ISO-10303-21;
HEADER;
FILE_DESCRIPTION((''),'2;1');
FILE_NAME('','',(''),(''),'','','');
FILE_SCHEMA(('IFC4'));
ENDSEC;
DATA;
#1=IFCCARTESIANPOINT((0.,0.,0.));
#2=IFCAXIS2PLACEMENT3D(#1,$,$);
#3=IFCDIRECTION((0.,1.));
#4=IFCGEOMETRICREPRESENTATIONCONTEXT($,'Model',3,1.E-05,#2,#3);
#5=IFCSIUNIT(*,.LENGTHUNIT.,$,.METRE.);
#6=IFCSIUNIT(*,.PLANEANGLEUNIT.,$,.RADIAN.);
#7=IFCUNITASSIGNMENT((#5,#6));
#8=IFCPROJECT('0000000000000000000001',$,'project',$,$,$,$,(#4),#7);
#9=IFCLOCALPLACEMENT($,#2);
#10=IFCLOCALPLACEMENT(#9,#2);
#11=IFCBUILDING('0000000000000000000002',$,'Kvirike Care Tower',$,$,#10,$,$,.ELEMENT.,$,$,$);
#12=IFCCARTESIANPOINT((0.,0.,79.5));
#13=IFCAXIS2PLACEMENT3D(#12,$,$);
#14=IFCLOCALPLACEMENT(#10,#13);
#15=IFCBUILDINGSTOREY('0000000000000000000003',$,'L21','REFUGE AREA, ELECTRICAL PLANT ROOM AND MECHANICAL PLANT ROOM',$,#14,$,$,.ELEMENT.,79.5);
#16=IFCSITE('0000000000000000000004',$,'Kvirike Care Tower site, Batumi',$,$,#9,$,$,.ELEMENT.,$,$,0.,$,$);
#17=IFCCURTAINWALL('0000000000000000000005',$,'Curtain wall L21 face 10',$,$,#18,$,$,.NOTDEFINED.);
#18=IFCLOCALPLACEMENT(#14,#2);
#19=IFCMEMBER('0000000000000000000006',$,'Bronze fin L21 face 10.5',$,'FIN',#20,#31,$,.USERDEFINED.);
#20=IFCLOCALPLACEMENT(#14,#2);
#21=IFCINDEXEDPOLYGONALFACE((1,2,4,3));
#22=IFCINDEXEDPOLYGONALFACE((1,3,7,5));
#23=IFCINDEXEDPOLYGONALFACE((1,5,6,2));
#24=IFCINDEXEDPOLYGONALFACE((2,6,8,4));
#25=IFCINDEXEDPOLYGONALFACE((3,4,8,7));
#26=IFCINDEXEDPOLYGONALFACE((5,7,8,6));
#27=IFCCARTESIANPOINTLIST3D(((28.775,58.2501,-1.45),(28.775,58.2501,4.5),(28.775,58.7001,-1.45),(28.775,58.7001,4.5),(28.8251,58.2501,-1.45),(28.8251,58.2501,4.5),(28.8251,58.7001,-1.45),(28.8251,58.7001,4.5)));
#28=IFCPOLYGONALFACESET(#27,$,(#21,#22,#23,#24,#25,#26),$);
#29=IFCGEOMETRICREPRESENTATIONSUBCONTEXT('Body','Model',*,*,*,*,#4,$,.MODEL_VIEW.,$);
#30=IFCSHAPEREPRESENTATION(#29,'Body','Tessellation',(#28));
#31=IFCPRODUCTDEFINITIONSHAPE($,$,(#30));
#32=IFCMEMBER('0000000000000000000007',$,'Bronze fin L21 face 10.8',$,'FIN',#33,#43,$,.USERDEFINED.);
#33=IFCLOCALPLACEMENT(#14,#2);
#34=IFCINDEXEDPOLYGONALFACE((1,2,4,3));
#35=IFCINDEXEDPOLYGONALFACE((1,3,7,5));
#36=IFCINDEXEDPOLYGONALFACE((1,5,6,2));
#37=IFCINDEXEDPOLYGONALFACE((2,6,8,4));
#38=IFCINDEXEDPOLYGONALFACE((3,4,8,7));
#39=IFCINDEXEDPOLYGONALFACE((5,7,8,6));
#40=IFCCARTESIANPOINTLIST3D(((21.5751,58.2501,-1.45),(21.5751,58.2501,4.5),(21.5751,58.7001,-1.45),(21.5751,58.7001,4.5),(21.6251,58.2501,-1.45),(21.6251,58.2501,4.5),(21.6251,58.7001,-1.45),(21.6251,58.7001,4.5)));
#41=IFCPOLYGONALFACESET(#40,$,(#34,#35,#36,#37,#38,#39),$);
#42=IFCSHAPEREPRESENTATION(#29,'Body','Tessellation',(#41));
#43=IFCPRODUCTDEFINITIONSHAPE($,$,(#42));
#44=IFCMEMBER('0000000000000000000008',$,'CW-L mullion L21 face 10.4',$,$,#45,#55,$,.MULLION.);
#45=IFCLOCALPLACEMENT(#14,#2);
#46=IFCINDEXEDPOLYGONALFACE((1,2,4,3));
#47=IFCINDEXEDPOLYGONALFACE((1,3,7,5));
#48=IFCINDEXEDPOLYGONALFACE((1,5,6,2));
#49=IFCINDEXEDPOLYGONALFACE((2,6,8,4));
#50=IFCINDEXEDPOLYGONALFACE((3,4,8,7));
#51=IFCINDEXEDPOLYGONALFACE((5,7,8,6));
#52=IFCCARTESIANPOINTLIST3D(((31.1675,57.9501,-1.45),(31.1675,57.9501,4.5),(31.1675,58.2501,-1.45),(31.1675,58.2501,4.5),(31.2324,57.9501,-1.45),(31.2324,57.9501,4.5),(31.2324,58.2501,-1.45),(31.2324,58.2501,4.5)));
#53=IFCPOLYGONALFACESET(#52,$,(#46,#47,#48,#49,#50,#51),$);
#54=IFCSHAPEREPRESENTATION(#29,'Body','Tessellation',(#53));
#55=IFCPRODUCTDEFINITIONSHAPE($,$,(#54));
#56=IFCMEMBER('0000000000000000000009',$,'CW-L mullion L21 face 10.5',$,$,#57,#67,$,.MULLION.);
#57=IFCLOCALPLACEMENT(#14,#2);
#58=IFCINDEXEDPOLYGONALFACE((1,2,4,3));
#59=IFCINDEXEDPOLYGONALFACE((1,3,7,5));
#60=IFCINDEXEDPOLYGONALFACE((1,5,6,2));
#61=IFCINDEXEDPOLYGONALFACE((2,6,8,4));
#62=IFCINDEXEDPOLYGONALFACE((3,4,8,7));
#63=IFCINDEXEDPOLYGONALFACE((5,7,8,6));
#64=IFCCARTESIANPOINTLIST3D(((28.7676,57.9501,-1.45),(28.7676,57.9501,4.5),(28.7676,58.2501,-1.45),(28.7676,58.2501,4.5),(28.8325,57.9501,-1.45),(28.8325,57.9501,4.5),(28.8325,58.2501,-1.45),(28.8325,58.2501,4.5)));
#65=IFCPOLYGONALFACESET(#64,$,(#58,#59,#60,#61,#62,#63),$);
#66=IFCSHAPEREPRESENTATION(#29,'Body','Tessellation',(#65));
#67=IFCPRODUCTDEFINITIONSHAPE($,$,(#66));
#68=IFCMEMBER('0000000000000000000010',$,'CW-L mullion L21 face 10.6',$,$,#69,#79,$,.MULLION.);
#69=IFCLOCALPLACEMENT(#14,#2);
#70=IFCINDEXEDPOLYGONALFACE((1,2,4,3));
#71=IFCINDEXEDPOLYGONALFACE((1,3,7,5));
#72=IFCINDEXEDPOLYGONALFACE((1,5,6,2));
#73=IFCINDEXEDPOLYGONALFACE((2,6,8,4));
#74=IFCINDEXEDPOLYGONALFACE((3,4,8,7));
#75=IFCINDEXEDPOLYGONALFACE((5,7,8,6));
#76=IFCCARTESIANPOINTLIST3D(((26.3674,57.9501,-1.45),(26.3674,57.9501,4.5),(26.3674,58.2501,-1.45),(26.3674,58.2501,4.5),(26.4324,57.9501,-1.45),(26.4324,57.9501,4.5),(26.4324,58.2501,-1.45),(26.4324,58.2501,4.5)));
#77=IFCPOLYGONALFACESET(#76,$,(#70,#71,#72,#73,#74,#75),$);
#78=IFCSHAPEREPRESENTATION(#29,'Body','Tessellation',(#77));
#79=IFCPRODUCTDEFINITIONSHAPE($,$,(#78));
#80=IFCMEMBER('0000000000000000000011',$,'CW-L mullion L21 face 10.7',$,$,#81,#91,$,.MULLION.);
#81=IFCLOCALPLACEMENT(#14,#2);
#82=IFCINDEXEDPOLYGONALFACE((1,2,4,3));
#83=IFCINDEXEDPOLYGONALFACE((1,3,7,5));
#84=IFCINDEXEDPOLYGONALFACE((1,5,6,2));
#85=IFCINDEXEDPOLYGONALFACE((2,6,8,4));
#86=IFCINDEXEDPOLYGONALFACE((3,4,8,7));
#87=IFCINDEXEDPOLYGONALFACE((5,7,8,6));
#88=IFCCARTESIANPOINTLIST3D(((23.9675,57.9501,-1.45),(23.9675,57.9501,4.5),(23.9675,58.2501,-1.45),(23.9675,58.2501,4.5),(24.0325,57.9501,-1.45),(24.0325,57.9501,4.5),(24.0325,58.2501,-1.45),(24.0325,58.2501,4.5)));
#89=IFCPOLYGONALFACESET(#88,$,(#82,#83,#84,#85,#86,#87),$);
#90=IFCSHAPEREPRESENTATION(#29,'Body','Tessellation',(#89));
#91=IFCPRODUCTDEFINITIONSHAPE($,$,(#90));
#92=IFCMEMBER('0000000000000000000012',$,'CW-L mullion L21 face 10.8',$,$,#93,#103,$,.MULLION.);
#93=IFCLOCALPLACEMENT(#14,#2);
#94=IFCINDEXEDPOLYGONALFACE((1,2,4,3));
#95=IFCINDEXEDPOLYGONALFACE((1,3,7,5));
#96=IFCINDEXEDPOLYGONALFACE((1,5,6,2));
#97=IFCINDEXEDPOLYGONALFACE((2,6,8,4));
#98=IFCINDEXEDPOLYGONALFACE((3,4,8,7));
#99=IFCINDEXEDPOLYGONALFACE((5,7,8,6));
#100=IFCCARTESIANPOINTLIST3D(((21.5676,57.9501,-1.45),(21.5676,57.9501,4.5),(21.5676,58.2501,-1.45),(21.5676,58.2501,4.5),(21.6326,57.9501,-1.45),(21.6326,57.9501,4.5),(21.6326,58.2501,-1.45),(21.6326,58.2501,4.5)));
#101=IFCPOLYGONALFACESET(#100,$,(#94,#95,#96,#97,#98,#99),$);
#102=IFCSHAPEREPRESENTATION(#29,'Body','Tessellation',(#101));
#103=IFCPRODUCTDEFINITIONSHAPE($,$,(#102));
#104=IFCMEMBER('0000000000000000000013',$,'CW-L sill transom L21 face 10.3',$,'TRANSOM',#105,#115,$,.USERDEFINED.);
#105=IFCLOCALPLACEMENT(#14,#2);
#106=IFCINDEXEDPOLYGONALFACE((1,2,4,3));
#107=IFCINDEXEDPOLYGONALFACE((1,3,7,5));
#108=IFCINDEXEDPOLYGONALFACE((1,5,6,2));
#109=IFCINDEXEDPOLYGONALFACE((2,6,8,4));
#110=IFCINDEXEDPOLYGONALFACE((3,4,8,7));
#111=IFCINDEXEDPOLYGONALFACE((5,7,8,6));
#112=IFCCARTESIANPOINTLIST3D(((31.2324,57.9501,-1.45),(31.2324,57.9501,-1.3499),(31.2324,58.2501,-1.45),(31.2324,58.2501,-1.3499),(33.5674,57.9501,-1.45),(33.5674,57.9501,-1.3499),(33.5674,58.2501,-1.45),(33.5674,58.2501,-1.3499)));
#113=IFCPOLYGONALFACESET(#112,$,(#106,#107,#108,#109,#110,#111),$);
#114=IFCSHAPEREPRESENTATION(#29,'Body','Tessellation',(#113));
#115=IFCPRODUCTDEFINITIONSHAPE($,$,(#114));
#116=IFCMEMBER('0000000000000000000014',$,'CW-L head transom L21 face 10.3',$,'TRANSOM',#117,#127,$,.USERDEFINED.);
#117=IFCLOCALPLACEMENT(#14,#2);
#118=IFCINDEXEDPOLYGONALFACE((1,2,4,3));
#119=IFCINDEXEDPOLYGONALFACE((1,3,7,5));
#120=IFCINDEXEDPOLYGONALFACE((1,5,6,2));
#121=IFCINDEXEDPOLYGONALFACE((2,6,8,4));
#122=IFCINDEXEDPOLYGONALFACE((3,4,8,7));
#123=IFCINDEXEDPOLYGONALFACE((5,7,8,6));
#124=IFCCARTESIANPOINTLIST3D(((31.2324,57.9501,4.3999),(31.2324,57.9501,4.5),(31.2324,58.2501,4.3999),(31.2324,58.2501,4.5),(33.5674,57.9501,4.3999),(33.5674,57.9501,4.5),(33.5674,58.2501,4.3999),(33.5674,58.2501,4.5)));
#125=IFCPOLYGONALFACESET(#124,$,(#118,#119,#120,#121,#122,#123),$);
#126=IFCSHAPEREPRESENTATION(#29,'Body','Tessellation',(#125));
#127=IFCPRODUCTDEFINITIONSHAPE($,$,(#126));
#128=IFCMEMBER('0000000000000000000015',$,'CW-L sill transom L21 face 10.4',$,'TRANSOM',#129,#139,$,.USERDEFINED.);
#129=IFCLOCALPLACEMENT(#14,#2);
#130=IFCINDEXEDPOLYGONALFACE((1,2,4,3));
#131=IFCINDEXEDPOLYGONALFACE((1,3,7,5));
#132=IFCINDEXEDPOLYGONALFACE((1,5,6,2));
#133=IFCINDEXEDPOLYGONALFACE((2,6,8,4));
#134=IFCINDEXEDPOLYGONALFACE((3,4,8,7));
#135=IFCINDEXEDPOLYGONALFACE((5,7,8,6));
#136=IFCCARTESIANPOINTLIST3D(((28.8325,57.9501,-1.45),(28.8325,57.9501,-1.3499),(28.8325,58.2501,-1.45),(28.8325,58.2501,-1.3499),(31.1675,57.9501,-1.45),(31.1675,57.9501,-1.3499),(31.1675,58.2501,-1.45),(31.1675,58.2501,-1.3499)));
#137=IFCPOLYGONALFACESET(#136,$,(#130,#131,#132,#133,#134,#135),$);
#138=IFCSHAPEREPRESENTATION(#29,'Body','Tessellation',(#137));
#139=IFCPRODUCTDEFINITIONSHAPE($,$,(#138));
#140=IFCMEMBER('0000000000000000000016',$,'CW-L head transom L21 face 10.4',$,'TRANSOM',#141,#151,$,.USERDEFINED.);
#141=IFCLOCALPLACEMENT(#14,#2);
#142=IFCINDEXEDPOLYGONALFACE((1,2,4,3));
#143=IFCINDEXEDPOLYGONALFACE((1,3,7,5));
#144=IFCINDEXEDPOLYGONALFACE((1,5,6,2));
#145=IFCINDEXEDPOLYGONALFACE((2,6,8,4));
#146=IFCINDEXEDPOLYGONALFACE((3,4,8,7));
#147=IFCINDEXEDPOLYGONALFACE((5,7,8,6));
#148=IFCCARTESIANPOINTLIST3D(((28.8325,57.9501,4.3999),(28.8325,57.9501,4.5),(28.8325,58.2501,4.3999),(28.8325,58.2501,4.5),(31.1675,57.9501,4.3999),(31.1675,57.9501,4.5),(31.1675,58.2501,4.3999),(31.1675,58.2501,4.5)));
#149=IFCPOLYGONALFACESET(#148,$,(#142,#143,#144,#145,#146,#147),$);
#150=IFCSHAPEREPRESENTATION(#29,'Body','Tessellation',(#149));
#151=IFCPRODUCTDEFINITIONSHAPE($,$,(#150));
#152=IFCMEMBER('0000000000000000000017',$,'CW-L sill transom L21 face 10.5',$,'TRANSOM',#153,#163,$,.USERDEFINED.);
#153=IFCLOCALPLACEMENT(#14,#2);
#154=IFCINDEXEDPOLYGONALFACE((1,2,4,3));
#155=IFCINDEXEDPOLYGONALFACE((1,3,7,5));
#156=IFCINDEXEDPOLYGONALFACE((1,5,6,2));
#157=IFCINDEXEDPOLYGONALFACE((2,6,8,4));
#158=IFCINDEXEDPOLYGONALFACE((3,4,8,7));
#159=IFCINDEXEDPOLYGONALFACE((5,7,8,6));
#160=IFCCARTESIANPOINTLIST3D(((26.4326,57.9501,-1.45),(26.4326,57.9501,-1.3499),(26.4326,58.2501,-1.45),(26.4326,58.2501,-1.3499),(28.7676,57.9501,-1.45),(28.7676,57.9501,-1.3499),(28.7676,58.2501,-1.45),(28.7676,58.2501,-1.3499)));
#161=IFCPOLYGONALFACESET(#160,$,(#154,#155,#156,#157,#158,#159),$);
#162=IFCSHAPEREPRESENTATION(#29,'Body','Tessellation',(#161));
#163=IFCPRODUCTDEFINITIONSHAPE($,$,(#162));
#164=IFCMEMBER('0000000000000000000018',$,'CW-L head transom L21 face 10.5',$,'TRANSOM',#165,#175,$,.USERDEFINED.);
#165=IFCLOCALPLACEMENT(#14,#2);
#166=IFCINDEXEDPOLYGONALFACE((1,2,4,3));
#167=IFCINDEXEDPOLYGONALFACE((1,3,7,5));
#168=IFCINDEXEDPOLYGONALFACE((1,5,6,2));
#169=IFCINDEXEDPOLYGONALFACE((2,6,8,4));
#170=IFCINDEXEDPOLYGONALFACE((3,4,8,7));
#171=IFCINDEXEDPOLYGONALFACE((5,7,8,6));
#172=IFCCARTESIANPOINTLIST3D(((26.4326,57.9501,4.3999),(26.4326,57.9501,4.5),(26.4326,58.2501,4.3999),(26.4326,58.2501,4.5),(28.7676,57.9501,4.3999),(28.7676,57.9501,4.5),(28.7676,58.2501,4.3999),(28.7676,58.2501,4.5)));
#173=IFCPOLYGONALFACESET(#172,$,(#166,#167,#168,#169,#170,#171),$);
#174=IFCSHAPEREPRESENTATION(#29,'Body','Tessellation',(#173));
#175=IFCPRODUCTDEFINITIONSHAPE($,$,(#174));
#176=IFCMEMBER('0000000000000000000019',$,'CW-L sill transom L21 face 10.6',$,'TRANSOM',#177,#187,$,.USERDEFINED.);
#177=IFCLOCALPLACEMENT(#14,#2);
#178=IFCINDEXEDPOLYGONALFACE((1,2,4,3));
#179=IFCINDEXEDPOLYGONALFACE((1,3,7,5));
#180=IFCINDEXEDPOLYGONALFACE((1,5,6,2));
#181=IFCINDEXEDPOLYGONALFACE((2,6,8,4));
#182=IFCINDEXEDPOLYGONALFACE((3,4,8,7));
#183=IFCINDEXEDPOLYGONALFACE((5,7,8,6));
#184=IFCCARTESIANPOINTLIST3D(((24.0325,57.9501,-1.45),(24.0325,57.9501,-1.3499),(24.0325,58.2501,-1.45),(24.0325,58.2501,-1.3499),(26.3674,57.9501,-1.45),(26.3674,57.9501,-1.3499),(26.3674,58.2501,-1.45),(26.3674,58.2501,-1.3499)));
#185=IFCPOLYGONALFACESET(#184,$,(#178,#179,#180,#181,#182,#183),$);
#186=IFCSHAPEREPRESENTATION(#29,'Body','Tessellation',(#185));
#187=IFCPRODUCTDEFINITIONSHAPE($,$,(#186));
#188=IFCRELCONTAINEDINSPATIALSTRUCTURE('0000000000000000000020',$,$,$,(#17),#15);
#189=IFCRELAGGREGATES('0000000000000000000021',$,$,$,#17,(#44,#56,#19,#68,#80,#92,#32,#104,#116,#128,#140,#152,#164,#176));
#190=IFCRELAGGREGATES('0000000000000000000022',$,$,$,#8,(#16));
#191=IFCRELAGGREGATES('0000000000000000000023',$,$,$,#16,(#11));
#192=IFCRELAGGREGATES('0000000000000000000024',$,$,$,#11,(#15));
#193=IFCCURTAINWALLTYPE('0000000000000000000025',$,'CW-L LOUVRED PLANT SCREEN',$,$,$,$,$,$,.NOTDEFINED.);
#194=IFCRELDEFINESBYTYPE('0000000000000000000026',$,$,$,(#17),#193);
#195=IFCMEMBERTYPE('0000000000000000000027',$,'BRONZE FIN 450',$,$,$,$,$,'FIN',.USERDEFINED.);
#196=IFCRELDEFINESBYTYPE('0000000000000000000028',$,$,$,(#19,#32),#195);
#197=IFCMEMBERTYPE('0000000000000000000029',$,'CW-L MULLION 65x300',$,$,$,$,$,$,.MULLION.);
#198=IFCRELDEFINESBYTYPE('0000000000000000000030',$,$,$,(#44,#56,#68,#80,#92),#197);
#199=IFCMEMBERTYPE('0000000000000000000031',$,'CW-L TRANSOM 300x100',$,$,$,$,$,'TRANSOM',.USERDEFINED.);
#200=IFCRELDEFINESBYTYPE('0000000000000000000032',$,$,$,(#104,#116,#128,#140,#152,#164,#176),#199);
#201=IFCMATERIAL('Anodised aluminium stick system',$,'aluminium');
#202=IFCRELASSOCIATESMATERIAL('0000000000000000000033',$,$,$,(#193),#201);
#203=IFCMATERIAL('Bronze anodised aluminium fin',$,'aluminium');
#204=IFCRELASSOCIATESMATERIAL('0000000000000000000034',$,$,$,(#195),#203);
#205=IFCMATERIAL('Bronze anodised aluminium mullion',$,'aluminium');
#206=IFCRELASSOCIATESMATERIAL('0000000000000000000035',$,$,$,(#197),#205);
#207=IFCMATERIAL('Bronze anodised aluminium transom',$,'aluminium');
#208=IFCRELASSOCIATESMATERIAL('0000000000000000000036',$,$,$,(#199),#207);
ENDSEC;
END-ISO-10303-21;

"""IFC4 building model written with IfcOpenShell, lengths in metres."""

from ifc_helpers import new_model, si_unit, direction, frame, origin, origin_2d, place, context, subcontext, project, spatial, rectangle, extrude, material, material_profile, profile_set, type_object, element, aggregate, save


model = new_model("IFC4")

# Units and contexts
model_context = context("Model", 3, precision=1e-05, world=origin(), true_north=direction((0.0, 1.0)))
body_context = subcontext(model_context, "Body", "Model", "MODEL_VIEW")
ifc_project = project(units=[si_unit("LENGTHUNIT", "METRE"), si_unit("PLANEANGLEUNIT", "RADIAN")], contexts=[model_context])

# Site, building, storey
site_placement = place(None, origin())
site = spatial("IfcSite", under=ifc_project, at=site_placement, Name="Kvirike Care Tower site, Batumi", CompositionType="ELEMENT", RefElevation=0.0)
building_placement = place(site_placement, origin())
building = spatial("IfcBuilding", under=site, at=building_placement, Name="Kvirike Care Tower", CompositionType="ELEMENT")
storey_placement = place(building_placement, frame((0.0, 0.0, 79.5)))
storey = spatial("IfcBuildingStorey", under=building, at=storey_placement, Name="L21", Description="REFUGE AREA, ELECTRICAL PLANT ROOM AND MECHANICAL PLANT ROOM", CompositionType="ELEMENT", Elevation=79.5)

# Curtain wall, members
ifc_material_1 = material(Name="Anodised aluminium stick system", Category="aluminium")
curtain_wall_type = type_object("IfcCurtainWallType", Name="CW-L LOUVRED PLANT SCREEN", PredefinedType="NOTDEFINED", material=ifc_material_1)
curtain_wall_placement = place(storey_placement, origin())
curtain_wall = element("IfcCurtainWall", 1, at=curtain_wall_placement, inside=storey, type_object=curtain_wall_type, Name="Curtain wall L21 face 10", PredefinedType="NOTDEFINED")
ifc_material_2 = material(Name="Bronze anodised aluminium fin", Category="aluminium")
ifc_material_profile_1 = material_profile(ifc_material_2, rectangle(XDim=0.05, YDim=0.45, at=origin_2d()), Name="BRONZE FIN 450")
ifc_profile_set_1 = profile_set([ifc_material_profile_1], Name="Bronze anodised aluminium fin")
member_type_1 = type_object("IfcMemberType", Name="BRONZE FIN 450", ElementType="FIN", PredefinedType="USERDEFINED", material=ifc_profile_set_1)
member_1_placement = place(storey_placement, frame((28.8, 58.4751, -1.45), z_axis=(0.0, 0.0, 1.0), x_axis=(-1.0, 0.0, 0.0)))
member_1 = element("IfcMember", 2, at=member_1_placement, type_object=member_type_1, Name="Bronze fin L21 face 10.5", ObjectType="FIN", PredefinedType="USERDEFINED", context=body_context, shape_type="SweptSolid", body=[
    extrude(rectangle(XDim=0.05, YDim=0.45, at=origin_2d()), origin(), (0.0, 0.0, 1.0), 5.95),
])
member_2_placement = place(storey_placement, frame((21.6001, 58.4751, -1.45), z_axis=(0.0, 0.0, 1.0), x_axis=(-1.0, 0.0, 0.0)))
member_2 = element("IfcMember", 3, at=member_2_placement, type_object=member_type_1, Name="Bronze fin L21 face 10.8", ObjectType="FIN", PredefinedType="USERDEFINED", context=body_context, shape_type="SweptSolid", body=[
    extrude(rectangle(XDim=0.05, YDim=0.45, at=origin_2d()), origin(), (0.0, 0.0, 1.0), 5.95),
])
ifc_material_3 = material(Name="Bronze anodised aluminium mullion", Category="aluminium")
ifc_material_profile_2 = material_profile(ifc_material_3, rectangle(XDim=0.0649, YDim=0.3, at=origin_2d()), Name="CW-L MULLION 65x300")
ifc_profile_set_2 = profile_set([ifc_material_profile_2], Name="Bronze anodised aluminium mullion")
member_type_2 = type_object("IfcMemberType", Name="CW-L MULLION 65x300", PredefinedType="MULLION", material=ifc_profile_set_2)
member_3_placement = place(storey_placement, frame((31.2, 58.1001, -1.45), z_axis=(0.0, 0.0, 1.0), x_axis=(-1.0, 0.0, 0.0)))
member_3 = element("IfcMember", 4, at=member_3_placement, type_object=member_type_2, Name="CW-L mullion L21 face 10.4", PredefinedType="MULLION", context=body_context, shape_type="SweptSolid", body=[
    extrude(rectangle(XDim=0.0649, YDim=0.3, at=origin_2d()), origin(), (0.0, 0.0, 1.0), 5.95),
])
member_4_placement = place(storey_placement, frame((28.8, 58.1001, -1.45), z_axis=(0.0, 0.0, 1.0), x_axis=(-1.0, 0.0, 0.0)))
member_4 = element("IfcMember", 5, at=member_4_placement, type_object=member_type_2, Name="CW-L mullion L21 face 10.5", PredefinedType="MULLION", context=body_context, shape_type="SweptSolid", body=[
    extrude(rectangle(XDim=0.0649, YDim=0.3, at=origin_2d()), origin(), (0.0, 0.0, 1.0), 5.95),
])
member_5_placement = place(storey_placement, frame((26.3999, 58.1001, -1.45), z_axis=(0.0, 0.0, 1.0), x_axis=(-1.0, 0.0, 0.0)))
member_5 = element("IfcMember", 6, at=member_5_placement, type_object=member_type_2, Name="CW-L mullion L21 face 10.6", PredefinedType="MULLION", context=body_context, shape_type="SweptSolid", body=[
    extrude(rectangle(XDim=0.0649, YDim=0.3, at=origin_2d()), origin(), (0.0, 0.0, 1.0), 5.95),
])
member_6_placement = place(storey_placement, frame((24.0, 58.1001, -1.45), z_axis=(0.0, 0.0, 1.0), x_axis=(-1.0, 0.0, 0.0)))
member_6 = element("IfcMember", 7, at=member_6_placement, type_object=member_type_2, Name="CW-L mullion L21 face 10.7", PredefinedType="MULLION", context=body_context, shape_type="SweptSolid", body=[
    extrude(rectangle(XDim=0.0649, YDim=0.3, at=origin_2d()), origin(), (0.0, 0.0, 1.0), 5.95),
])
member_7_placement = place(storey_placement, frame((21.6001, 58.1001, -1.45), z_axis=(0.0, 0.0, 1.0), x_axis=(-1.0, 0.0, 0.0)))
member_7 = element("IfcMember", 8, at=member_7_placement, type_object=member_type_2, Name="CW-L mullion L21 face 10.8", PredefinedType="MULLION", context=body_context, shape_type="SweptSolid", body=[
    extrude(rectangle(XDim=0.0649, YDim=0.3, at=origin_2d()), origin(), (0.0, 0.0, 1.0), 5.95),
])
ifc_material_4 = material(Name="Bronze anodised aluminium transom", Category="aluminium")
ifc_material_profile_3 = material_profile(ifc_material_4, rectangle(XDim=0.3, YDim=0.1001, at=origin_2d()), Name="CW-L TRANSOM 300x100")
ifc_profile_set_3 = profile_set([ifc_material_profile_3], Name="Bronze anodised aluminium transom")
member_type_3 = type_object("IfcMemberType", Name="CW-L TRANSOM 300x100", ElementType="TRANSOM", PredefinedType="USERDEFINED", material=ifc_profile_set_3)
member_8_placement = place(storey_placement, frame((33.5674, 58.1001, -1.3999), z_axis=(-1.0, 0.0, 0.0), x_axis=(0.0, -1.0, 0.0)))
member_8 = element("IfcMember", 9, at=member_8_placement, type_object=member_type_3, Name="CW-L sill transom L21 face 10.3", ObjectType="TRANSOM", PredefinedType="USERDEFINED", context=body_context, shape_type="SweptSolid", body=[
    extrude(rectangle(XDim=0.3, YDim=0.1001, at=origin_2d()), origin(), (0.0, 0.0, 1.0), 2.335),
])
member_9_placement = place(storey_placement, frame((33.5674, 58.1001, 4.45), z_axis=(-1.0, 0.0, 0.0), x_axis=(0.0, -1.0, 0.0)))
member_9 = element("IfcMember", 10, at=member_9_placement, type_object=member_type_3, Name="CW-L head transom L21 face 10.3", ObjectType="TRANSOM", PredefinedType="USERDEFINED", context=body_context, shape_type="SweptSolid", body=[
    extrude(rectangle(XDim=0.3, YDim=0.1001, at=origin_2d()), origin(), (0.0, 0.0, 1.0), 2.335),
])
member_10_placement = place(storey_placement, frame((31.1675, 58.1001, -1.3999), z_axis=(-1.0, 0.0, 0.0), x_axis=(0.0, -1.0, 0.0)))
member_10 = element("IfcMember", 11, at=member_10_placement, type_object=member_type_3, Name="CW-L sill transom L21 face 10.4", ObjectType="TRANSOM", PredefinedType="USERDEFINED", context=body_context, shape_type="SweptSolid", body=[
    extrude(rectangle(XDim=0.3, YDim=0.1001, at=origin_2d()), origin(), (0.0, 0.0, 1.0), 2.335),
])
member_11_placement = place(storey_placement, frame((31.1675, 58.1001, 4.45), z_axis=(-1.0, 0.0, 0.0), x_axis=(0.0, -1.0, 0.0)))
member_11 = element("IfcMember", 12, at=member_11_placement, type_object=member_type_3, Name="CW-L head transom L21 face 10.4", ObjectType="TRANSOM", PredefinedType="USERDEFINED", context=body_context, shape_type="SweptSolid", body=[
    extrude(rectangle(XDim=0.3, YDim=0.1001, at=origin_2d()), origin(), (0.0, 0.0, 1.0), 2.335),
])
member_12_placement = place(storey_placement, frame((28.7676, 58.1001, -1.3999), z_axis=(-1.0, 0.0, 0.0), x_axis=(0.0, -1.0, 0.0)))
member_12 = element("IfcMember", 13, at=member_12_placement, type_object=member_type_3, Name="CW-L sill transom L21 face 10.5", ObjectType="TRANSOM", PredefinedType="USERDEFINED", context=body_context, shape_type="SweptSolid", body=[
    extrude(rectangle(XDim=0.3, YDim=0.1001, at=origin_2d()), origin(), (0.0, 0.0, 1.0), 2.335),
])
member_13_placement = place(storey_placement, frame((28.7676, 58.1001, 4.45), z_axis=(-1.0, 0.0, 0.0), x_axis=(0.0, -1.0, 0.0)))
member_13 = element("IfcMember", 14, at=member_13_placement, type_object=member_type_3, Name="CW-L head transom L21 face 10.5", ObjectType="TRANSOM", PredefinedType="USERDEFINED", context=body_context, shape_type="SweptSolid", body=[
    extrude(rectangle(XDim=0.3, YDim=0.1001, at=origin_2d()), origin(), (0.0, 0.0, 1.0), 2.335),
])
member_14_placement = place(storey_placement, frame((26.3674, 58.1001, -1.3999), z_axis=(-1.0, 0.0, 0.0), x_axis=(0.0, -1.0, 0.0)))
member_14 = element("IfcMember", 15, at=member_14_placement, type_object=member_type_3, Name="CW-L sill transom L21 face 10.6", ObjectType="TRANSOM", PredefinedType="USERDEFINED", context=body_context, shape_type="SweptSolid", body=[
    extrude(rectangle(XDim=0.3, YDim=0.1001, at=origin_2d()), origin(), (0.0, 0.0, 1.0), 2.335),
])

aggregate(curtain_wall, [member_3, member_4, member_1, member_5, member_6, member_7, member_2, member_8, member_9, member_10, member_11, member_12, member_13, member_14])

save(model, "model.ifc")
